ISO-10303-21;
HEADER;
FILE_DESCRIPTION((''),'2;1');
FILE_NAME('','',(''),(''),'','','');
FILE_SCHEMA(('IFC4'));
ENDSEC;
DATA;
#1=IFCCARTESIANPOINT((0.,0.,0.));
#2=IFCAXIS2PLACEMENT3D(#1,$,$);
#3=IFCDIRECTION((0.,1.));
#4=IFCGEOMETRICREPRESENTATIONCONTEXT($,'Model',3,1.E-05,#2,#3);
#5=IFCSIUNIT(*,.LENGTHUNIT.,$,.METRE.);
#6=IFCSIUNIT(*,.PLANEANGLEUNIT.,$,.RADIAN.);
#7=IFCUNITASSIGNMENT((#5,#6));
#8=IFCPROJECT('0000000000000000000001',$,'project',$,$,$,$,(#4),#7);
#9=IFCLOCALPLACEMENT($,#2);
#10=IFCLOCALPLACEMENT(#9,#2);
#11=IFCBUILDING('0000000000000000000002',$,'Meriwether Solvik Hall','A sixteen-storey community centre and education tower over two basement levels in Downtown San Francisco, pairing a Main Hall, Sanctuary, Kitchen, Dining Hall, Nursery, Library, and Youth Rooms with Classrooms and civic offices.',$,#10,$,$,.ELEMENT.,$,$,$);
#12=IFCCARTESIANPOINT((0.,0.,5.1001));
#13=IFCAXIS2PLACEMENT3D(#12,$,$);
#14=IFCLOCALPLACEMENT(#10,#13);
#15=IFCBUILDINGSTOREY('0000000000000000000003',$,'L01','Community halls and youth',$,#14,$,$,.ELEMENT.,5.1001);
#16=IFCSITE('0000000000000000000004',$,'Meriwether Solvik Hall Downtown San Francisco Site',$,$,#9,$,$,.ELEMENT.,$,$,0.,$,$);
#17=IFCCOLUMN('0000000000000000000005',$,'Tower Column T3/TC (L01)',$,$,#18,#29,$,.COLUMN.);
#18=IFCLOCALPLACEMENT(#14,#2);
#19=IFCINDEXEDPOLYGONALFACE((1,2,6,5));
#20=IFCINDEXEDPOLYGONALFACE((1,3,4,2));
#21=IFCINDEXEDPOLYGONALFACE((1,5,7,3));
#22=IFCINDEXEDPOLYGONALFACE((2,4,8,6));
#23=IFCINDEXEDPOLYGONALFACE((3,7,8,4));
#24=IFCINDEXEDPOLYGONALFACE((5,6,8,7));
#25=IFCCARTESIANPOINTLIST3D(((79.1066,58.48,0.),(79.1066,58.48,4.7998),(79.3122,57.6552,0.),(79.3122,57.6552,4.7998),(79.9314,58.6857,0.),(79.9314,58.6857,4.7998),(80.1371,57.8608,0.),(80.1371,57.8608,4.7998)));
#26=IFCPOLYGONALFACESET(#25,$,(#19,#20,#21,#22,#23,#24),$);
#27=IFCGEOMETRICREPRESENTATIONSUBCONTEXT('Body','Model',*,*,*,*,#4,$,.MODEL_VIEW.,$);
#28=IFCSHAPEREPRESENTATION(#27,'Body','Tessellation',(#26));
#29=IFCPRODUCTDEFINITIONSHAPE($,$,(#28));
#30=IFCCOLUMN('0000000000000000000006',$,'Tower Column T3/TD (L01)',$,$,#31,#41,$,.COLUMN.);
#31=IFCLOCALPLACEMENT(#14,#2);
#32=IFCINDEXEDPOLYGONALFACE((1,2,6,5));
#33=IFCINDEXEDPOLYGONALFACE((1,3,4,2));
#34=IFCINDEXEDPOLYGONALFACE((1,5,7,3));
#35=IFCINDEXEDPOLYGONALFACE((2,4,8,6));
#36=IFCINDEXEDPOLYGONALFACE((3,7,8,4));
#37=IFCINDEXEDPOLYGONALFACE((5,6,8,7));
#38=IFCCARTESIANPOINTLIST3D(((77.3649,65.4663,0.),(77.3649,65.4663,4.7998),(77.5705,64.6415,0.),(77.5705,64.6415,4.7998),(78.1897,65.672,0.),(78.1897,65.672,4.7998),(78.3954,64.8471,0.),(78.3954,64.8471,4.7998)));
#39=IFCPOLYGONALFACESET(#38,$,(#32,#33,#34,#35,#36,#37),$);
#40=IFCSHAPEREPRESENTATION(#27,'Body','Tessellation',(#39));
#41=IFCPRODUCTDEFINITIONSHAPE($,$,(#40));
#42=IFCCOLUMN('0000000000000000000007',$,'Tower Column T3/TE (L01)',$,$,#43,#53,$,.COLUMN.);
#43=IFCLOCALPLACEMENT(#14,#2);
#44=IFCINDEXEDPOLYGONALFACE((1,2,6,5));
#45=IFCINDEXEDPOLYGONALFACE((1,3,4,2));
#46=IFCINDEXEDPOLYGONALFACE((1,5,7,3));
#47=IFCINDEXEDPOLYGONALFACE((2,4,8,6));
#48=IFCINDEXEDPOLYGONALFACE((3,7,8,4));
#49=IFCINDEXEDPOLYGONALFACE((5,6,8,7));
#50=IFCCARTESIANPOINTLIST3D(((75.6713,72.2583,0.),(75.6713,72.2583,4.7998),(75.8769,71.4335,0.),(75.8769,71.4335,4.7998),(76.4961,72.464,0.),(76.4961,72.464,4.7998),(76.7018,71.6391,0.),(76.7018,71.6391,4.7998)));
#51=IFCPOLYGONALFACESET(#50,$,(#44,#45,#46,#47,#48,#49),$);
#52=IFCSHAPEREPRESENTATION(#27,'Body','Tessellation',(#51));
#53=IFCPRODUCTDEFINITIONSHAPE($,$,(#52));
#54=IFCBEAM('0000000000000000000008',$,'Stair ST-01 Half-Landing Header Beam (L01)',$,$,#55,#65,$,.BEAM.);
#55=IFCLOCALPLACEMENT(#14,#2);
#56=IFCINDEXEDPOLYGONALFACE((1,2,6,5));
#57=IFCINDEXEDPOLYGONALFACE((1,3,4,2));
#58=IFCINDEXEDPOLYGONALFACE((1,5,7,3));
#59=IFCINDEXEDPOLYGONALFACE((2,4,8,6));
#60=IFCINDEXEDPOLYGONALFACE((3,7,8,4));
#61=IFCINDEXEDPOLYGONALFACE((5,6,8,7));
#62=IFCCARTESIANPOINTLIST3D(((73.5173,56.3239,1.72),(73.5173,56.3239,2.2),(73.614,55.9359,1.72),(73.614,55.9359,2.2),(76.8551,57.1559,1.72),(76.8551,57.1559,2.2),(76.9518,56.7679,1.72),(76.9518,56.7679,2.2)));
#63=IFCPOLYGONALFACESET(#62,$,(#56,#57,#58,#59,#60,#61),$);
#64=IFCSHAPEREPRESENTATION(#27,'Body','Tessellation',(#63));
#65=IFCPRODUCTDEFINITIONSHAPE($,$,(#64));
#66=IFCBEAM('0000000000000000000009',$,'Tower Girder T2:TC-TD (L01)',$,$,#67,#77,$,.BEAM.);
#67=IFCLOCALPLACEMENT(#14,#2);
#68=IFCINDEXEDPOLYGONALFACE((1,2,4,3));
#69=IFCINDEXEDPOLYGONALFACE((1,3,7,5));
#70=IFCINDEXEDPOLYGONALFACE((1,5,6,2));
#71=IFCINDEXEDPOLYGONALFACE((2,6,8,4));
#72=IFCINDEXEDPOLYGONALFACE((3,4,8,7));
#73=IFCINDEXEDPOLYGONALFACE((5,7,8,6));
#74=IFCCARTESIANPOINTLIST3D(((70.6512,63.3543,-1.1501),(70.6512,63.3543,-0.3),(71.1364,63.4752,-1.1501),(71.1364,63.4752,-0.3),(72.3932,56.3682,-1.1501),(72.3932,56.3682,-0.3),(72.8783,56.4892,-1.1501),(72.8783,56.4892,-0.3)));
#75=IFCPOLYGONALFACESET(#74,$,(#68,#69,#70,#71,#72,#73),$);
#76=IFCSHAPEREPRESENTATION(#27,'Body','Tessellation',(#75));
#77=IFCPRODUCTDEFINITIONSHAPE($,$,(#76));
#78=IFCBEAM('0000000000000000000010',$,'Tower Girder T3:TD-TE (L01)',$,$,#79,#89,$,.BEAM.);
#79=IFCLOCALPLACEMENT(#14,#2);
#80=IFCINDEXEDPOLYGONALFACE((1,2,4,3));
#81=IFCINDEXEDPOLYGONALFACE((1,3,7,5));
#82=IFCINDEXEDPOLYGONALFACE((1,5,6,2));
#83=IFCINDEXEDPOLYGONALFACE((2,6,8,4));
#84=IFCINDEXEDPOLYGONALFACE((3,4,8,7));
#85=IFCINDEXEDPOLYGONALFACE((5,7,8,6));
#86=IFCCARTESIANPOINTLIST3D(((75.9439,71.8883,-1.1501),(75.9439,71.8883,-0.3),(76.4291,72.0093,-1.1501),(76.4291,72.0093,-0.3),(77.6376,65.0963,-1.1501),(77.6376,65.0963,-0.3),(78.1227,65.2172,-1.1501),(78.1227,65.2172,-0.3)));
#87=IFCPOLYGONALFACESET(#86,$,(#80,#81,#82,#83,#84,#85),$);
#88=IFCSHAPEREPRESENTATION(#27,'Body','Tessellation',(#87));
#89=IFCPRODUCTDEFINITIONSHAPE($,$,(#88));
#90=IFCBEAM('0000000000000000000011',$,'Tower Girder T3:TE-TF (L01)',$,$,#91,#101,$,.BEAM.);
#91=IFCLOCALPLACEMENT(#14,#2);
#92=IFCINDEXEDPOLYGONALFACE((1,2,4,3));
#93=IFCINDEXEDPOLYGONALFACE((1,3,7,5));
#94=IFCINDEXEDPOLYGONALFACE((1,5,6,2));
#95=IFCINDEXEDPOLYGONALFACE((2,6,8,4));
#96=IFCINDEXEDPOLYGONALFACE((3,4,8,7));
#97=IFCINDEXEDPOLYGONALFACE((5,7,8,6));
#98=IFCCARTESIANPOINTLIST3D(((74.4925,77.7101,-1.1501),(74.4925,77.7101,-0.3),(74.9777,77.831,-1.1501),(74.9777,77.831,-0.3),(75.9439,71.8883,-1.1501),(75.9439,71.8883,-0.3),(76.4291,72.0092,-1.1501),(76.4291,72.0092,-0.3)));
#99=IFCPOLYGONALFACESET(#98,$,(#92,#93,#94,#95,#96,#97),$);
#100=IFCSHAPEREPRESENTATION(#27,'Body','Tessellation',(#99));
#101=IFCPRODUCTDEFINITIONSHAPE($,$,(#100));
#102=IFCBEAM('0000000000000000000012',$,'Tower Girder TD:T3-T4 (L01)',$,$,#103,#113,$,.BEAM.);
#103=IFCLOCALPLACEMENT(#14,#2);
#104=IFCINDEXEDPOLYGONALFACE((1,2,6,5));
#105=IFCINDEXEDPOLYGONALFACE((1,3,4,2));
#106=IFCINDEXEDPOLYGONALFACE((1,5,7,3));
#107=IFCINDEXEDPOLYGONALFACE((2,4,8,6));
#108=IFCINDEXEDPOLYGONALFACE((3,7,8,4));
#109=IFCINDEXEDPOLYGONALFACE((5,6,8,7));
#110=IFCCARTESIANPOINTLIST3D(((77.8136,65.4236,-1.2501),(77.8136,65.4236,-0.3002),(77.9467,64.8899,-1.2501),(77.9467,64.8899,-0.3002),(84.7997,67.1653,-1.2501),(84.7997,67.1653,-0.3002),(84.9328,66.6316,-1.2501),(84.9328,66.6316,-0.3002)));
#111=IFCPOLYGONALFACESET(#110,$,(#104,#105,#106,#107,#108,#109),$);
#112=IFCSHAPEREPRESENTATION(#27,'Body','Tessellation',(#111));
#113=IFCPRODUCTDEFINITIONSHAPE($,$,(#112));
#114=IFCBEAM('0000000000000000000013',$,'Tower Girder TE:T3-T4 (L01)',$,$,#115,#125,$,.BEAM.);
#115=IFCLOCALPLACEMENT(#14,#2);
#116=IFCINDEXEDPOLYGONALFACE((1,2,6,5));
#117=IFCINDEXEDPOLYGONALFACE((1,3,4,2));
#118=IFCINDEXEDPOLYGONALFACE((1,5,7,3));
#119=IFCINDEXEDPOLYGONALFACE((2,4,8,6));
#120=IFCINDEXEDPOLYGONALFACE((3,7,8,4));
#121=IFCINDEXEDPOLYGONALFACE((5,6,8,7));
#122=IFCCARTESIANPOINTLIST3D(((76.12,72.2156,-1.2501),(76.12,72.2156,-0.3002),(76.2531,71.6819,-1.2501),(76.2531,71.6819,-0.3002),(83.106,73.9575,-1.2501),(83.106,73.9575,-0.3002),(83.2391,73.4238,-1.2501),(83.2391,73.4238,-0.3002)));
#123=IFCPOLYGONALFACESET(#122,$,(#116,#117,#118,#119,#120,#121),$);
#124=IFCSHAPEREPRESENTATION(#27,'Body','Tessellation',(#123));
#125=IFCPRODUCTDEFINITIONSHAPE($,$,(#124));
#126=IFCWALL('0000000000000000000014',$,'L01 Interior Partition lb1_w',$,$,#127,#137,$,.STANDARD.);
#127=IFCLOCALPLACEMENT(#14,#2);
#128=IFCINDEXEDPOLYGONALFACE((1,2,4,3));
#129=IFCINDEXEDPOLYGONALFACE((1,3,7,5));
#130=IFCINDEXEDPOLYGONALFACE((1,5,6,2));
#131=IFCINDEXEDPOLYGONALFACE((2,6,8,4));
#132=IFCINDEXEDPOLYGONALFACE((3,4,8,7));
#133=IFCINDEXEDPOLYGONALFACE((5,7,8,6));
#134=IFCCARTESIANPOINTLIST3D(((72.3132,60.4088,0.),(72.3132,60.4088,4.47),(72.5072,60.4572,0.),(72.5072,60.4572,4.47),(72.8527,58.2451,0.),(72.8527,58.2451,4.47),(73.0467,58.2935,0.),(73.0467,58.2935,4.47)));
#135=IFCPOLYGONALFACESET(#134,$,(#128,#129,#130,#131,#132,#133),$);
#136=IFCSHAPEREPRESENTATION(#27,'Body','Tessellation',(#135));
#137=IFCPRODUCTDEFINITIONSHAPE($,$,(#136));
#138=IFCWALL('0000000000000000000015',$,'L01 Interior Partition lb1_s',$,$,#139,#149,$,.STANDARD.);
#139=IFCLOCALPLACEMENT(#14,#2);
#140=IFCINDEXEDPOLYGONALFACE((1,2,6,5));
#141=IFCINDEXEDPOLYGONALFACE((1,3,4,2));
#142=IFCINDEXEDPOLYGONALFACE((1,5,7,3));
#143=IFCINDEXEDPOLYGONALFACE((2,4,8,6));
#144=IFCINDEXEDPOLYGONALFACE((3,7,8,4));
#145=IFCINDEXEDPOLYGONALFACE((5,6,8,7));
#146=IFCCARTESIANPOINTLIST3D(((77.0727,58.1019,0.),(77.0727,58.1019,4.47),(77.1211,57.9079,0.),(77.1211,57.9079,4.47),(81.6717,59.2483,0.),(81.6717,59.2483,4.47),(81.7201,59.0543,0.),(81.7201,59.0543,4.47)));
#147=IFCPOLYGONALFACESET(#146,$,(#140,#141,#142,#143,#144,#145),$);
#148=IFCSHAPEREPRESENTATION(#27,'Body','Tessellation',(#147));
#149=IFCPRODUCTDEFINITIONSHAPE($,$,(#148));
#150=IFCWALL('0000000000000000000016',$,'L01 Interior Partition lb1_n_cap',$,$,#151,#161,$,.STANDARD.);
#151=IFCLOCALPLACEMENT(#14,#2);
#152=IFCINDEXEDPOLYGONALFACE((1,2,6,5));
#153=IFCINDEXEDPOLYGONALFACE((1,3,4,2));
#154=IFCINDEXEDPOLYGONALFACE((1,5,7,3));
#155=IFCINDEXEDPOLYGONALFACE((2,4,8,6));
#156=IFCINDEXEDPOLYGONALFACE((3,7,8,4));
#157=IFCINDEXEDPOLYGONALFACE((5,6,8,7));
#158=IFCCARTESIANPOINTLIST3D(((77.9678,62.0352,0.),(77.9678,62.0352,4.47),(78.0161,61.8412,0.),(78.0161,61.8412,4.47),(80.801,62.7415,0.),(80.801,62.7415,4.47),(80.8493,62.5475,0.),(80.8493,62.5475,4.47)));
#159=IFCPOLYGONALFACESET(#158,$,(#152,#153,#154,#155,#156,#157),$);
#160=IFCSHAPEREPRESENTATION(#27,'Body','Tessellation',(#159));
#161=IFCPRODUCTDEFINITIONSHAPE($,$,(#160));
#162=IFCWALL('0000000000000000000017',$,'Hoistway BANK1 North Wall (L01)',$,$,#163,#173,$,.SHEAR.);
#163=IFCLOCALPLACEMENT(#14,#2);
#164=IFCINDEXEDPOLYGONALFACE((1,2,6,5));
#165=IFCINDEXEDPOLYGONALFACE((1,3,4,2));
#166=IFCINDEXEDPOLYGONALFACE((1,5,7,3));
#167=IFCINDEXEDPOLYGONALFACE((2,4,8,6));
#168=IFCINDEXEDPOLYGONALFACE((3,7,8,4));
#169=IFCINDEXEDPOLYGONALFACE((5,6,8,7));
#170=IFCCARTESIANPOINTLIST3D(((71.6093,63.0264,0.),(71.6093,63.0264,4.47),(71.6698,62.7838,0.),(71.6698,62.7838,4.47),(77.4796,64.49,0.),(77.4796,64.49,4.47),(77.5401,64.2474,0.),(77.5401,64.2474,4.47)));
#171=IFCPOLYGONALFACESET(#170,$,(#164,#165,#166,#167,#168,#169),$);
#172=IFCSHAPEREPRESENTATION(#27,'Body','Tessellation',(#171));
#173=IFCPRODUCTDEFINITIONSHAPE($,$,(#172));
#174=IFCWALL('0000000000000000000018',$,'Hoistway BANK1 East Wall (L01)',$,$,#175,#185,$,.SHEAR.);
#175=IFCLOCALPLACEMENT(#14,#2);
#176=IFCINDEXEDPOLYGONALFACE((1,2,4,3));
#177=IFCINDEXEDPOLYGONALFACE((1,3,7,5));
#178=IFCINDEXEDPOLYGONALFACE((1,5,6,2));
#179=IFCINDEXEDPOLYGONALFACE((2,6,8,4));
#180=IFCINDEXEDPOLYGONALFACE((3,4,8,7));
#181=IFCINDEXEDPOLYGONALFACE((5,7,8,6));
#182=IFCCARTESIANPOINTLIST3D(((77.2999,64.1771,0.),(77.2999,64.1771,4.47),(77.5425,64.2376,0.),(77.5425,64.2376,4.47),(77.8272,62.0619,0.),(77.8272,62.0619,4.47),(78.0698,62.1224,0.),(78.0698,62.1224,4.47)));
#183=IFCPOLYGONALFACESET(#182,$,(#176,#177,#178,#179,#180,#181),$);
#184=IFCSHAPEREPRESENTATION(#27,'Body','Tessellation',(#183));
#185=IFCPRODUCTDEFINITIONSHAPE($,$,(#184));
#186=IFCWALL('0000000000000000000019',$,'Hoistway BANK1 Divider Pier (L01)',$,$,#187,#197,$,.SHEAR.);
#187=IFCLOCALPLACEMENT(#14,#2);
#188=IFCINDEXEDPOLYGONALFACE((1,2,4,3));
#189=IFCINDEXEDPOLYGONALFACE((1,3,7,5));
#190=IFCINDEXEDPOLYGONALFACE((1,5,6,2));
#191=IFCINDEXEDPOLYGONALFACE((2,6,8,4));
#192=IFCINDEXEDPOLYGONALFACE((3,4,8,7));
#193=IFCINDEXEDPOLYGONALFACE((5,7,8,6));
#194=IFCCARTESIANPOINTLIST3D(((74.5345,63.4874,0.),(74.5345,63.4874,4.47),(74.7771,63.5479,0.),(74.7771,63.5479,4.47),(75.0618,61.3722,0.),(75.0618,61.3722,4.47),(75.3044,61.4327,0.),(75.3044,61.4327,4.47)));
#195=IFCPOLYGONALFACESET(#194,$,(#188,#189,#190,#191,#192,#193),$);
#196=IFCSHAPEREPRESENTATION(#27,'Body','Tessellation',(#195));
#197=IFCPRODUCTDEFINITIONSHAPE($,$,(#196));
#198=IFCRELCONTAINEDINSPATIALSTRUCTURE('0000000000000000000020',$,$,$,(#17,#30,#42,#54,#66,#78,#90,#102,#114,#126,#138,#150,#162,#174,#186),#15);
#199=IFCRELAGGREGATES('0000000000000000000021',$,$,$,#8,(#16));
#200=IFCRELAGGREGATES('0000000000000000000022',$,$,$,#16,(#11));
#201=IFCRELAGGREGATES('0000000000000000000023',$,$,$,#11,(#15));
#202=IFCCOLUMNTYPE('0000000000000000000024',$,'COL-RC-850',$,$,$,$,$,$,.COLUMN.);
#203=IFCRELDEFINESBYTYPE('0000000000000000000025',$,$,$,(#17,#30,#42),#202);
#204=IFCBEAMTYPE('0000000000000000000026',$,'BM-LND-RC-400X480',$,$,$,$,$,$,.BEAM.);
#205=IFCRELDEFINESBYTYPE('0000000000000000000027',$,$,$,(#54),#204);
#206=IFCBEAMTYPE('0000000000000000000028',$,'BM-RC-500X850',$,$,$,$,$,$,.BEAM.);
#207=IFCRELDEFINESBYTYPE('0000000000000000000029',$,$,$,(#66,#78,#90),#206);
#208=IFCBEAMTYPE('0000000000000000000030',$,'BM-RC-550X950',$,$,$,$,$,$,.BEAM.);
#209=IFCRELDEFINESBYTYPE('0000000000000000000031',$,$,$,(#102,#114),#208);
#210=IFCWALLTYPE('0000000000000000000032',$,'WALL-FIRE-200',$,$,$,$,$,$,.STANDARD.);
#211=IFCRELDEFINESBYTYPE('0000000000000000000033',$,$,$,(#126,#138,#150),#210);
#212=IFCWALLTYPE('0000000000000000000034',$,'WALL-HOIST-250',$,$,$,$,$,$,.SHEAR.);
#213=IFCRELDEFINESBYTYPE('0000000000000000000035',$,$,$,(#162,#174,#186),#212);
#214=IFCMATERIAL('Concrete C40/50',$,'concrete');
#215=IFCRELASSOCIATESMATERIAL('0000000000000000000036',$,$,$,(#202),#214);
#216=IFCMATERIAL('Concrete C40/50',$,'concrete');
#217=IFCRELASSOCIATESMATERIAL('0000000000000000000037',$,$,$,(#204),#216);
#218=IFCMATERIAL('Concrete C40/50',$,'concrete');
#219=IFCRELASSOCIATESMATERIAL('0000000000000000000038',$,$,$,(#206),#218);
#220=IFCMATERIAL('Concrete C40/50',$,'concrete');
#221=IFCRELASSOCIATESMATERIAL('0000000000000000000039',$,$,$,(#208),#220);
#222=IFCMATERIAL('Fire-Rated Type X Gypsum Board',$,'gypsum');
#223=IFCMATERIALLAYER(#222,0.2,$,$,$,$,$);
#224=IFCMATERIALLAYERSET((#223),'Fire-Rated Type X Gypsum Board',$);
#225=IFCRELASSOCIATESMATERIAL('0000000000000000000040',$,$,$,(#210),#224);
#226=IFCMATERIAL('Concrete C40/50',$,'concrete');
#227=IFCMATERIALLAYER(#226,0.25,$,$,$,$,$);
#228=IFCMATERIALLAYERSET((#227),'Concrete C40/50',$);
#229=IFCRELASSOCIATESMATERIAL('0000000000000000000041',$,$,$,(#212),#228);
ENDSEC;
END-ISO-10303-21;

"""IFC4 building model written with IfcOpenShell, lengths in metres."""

from ifc_helpers import new_model, si_unit, direction, frame, frame_2d, origin, origin_2d, place, context, subcontext, project, spatial, rectangle, extrude, material, layer, layer_set, material_profile, profile_set, type_object, element, save


model = new_model("IFC4")

# Units and contexts
model_context = context("Model", 3, precision=1e-05, world=origin(), true_north=direction((0.0, 1.0)))
body_context = subcontext(model_context, "Body", "Model", "MODEL_VIEW")
ifc_project = project(units=[si_unit("LENGTHUNIT", "METRE"), si_unit("PLANEANGLEUNIT", "RADIAN")], contexts=[model_context])

# Site, building, storey
site_placement = place(None, origin())
site = spatial("IfcSite", under=ifc_project, at=site_placement, Name="Meriwether Solvik Hall Downtown San Francisco Site", CompositionType="ELEMENT", RefElevation=0.0)
building_placement = place(site_placement, origin())
building = spatial("IfcBuilding", under=site, at=building_placement, Name="Meriwether Solvik Hall", Description="A sixteen-storey community centre and education tower over two basement levels in Downtown San Francisco, pairing a Main Hall, Sanctuary, Kitchen, Dining Hall, Nursery, Library, and Youth Rooms with Classrooms and civic offices.", CompositionType="ELEMENT")
storey_placement = place(building_placement, frame((0.0, 0.0, 5.1001)))
storey = spatial("IfcBuildingStorey", under=building, at=storey_placement, Name="L01", Description="Community halls and youth", CompositionType="ELEMENT", Elevation=5.1001)

# Columns
ifc_material_1 = material(Name="Concrete C40/50", Category="concrete")
ifc_material_profile_1 = material_profile(ifc_material_1, rectangle(XDim=0.8501, YDim=0.8501, at=origin_2d()), Name="RCC-850X850")
ifc_profile_set_1 = profile_set([ifc_material_profile_1], Name="Concrete C40/50")
column_type = type_object("IfcColumnType", Name="COL-RC-850", PredefinedType="COLUMN", material=ifc_profile_set_1)
for number, where, z_axis, x_axis, name in (
    (1, (79.6218, 58.1704, 0.0), (0.0, 0.0, 1.0), (0.970296, 0.241922, 0.0), "Tower Column T3/TC (L01)"),
    (2, (77.8801, 65.1567, 0.0), (0.0, 0.0, 1.0), (0.970296, 0.241922, 0.0), "Tower Column T3/TD (L01)"),
    (3, (76.1865, 71.9487, 0.0), (0.0, 0.0, 1.0), (0.970296, 0.241922, 0.0), "Tower Column T3/TE (L01)"),
):
    element("IfcColumn", number, at=place(storey_placement, frame(where, z_axis=z_axis, x_axis=x_axis)), inside=storey, type_object=column_type, Name=name, PredefinedType="COLUMN", context=body_context, shape_type="SweptSolid", body=[
        extrude(rectangle(XDim=0.8501, YDim=0.8501, at=origin_2d()), origin(), (0.0, 0.0, 1.0), 4.7998),
    ])

# Beams
ifc_material_2 = material(Name="Concrete C40/50", Category="concrete")
ifc_material_profile_2 = material_profile(ifc_material_2, rectangle(XDim=0.3999, YDim=0.48, at=origin_2d()), Name="RCB-400X480")
ifc_profile_set_2 = profile_set([ifc_material_profile_2], Name="Concrete C40/50")
beam_type_1 = type_object("IfcBeamType", Name="BM-LND-RC-400X480", PredefinedType="BEAM", material=ifc_profile_set_2)
beam_1_placement = place(storey_placement, frame((73.5657, 56.1299, 1.96), z_axis=(0.970309, 0.241868, 0.0), x_axis=(-0.241868, 0.970309, 0.0)))
element("IfcBeam", 4, at=beam_1_placement, inside=storey, type_object=beam_type_1, Name="Stair ST-01 Half-Landing Header Beam (L01)", PredefinedType="BEAM", context=body_context, shape_type="SweptSolid", body=[
    extrude(rectangle(XDim=0.3999, YDim=0.48, at=origin_2d()), origin(), (0.0, 0.0, 1.0), 3.4399),
])
ifc_material_3 = material(Name="Concrete C40/50", Category="concrete")
ifc_material_profile_3 = material_profile(ifc_material_3, rectangle(XDim=0.5, YDim=0.8501, at=origin_2d()), Name="RCB-500X850")
ifc_profile_set_3 = profile_set([ifc_material_profile_3], Name="Concrete C40/50")
beam_type_2 = type_object("IfcBeamType", Name="BM-RC-500X850", PredefinedType="BEAM", material=ifc_profile_set_3)
beam_2_placement = place(storey_placement, frame((72.6357, 56.4287, -0.7251), z_axis=(-0.241937, 0.970292, 0.0), x_axis=(-0.970292, -0.241937, 0.0)))
element("IfcBeam", 5, at=beam_2_placement, inside=storey, type_object=beam_type_2, Name="Tower Girder T2:TC-TD (L01)", PredefinedType="BEAM", context=body_context, shape_type="SweptSolid", body=[
    extrude(rectangle(XDim=0.5, YDim=0.8501, at=origin_2d()), origin(), (0.0, 0.0, 1.0), 7.2),
])
beam_3_placement = place(storey_placement, frame((77.8801, 65.1567, -0.7251), z_axis=(-0.241945, 0.97029, 0.0), x_axis=(-0.97029, -0.241945, 0.0)))
element("IfcBeam", 6, at=beam_3_placement, inside=storey, type_object=beam_type_2, Name="Tower Girder T3:TD-TE (L01)", PredefinedType="BEAM", context=body_context, shape_type="SweptSolid", body=[
    extrude(rectangle(XDim=0.5, YDim=0.8501, at=origin_2d()), origin(), (0.0, 0.0, 1.0), 7.0),
])
beam_4_placement = place(storey_placement, frame((76.1865, 71.9487, -0.7251), z_axis=(-0.241904, 0.9703, 0.0), x_axis=(-0.9703, -0.241904, 0.0)))
element("IfcBeam", 7, at=beam_4_placement, inside=storey, type_object=beam_type_2, Name="Tower Girder T3:TE-TF (L01)", PredefinedType="BEAM", context=body_context, shape_type="SweptSolid", body=[
    extrude(rectangle(XDim=0.5, YDim=0.8501, at=origin_2d()), origin(), (0.0, 0.0, 1.0), 6.0),
])
ifc_material_4 = material(Name="Concrete C40/50", Category="concrete")
ifc_material_profile_4 = material_profile(ifc_material_4, rectangle(XDim=0.55, YDim=0.95, at=origin_2d()), Name="RCB-550X950")
ifc_profile_set_4 = profile_set([ifc_material_profile_4], Name="Concrete C40/50")
beam_type_3 = type_object("IfcBeamType", Name="BM-RC-550X950", PredefinedType="BEAM", material=ifc_profile_set_4)
for number, where, z_axis, x_axis, name in (
    (8, (77.8801, 65.1567, -0.7751), (0.9703, 0.241905, 0.0), (-0.241905, 0.9703, 0.0), "Tower Girder TD:T3-T4 (L01)"),
    (9, (76.1865, 71.9487, -0.7751), (0.970292, 0.241937, 0.0), (-0.241937, 0.970292, 0.0), "Tower Girder TE:T3-T4 (L01)"),
):
    element("IfcBeam", number, at=place(storey_placement, frame(where, z_axis=z_axis, x_axis=x_axis)), inside=storey, type_object=beam_type_3, Name=name, PredefinedType="BEAM", context=body_context, shape_type="SweptSolid", body=[
        extrude(rectangle(XDim=0.55, YDim=0.95, at=origin_2d()), origin(), (0.0, 0.0, 1.0), 7.2),
    ])

# Walls
ifc_material_5 = material(Name="Fire-Rated Type X Gypsum Board", Category="gypsum")
ifc_layer_1 = layer(ifc_material_5, 0.2)
ifc_layer_set_1 = layer_set([ifc_layer_1], Name="Fire-Rated Type X Gypsum Board")
wall_type_1 = type_object("IfcWallType", Name="WALL-FIRE-200", PredefinedType="STANDARD", material=ifc_layer_set_1)
wall_1_placement = place(storey_placement, frame((72.9497, 58.2693, 0.0), z_axis=(0.0, 0.0, 1.0), x_axis=(-0.241943, 0.97029, 0.0)))
element("IfcWall", 10, at=wall_1_placement, inside=storey, type_object=wall_type_1, Name="L01 Interior Partition lb1_w", PredefinedType="STANDARD", context=body_context, shape_type="SweptSolid", body=[
    extrude(rectangle(XDim=2.23, YDim=0.2, at=frame_2d((1.115, 0.0))), origin(), (0.0, 0.0, 1.0), 4.47),
])
wall_2_placement = place(storey_placement, frame((77.0969, 58.0049, 0.0), z_axis=(0.0, 0.0, 1.0), x_axis=(0.970306, 0.241881, 0.0)))
element("IfcWall", 11, at=wall_2_placement, inside=storey, type_object=wall_type_1, Name="L01 Interior Partition lb1_s", PredefinedType="STANDARD", context=body_context, shape_type="SweptSolid", body=[
    extrude(rectangle(XDim=4.7397, YDim=0.2, at=frame_2d((2.3699, 0.0))), origin(), (0.0, 0.0, 1.0), 4.47),
])
wall_3_placement = place(storey_placement, frame((77.9919, 61.9382, 0.0), z_axis=(0.0, 0.0, 1.0), x_axis=(0.970305, 0.241886, 0.0)))
element("IfcWall", 12, at=wall_3_placement, inside=storey, type_object=wall_type_1, Name="L01 Interior Partition lb1_n_cap", PredefinedType="STANDARD", context=body_context, shape_type="SweptSolid", body=[
    extrude(rectangle(XDim=2.9199, YDim=0.2, at=frame_2d((1.46, 0.0))), origin(), (0.0, 0.0, 1.0), 4.47),
])
ifc_material_6 = material(Name="Concrete C40/50", Category="concrete")
ifc_layer_2 = layer(ifc_material_6, 0.25)
ifc_layer_set_2 = layer_set([ifc_layer_2], Name="Concrete C40/50")
wall_type_2 = type_object("IfcWallType", Name="WALL-HOIST-250", PredefinedType="SHEAR", material=ifc_layer_set_2)
wall_4_placement = place(storey_placement, frame((77.5098, 64.3687, 0.0), z_axis=(0.0, 0.0, 1.0), x_axis=(-0.970297, -0.241918, 0.0)))
element("IfcWall", 13, at=wall_4_placement, inside=storey, type_object=wall_type_2, Name="Hoistway BANK1 North Wall (L01)", PredefinedType="SHEAR", context=body_context, shape_type="SweptSolid", body=[
    extrude(rectangle(XDim=6.05, YDim=0.25, at=frame_2d((3.0249, 0.0))), origin(), (0.0, 0.0, 1.0), 4.47),
])
for number, where, z_axis, x_axis, name in (
    (14, (77.9485, 62.0923, 0.0), (0.0, 0.0, 1.0), (-0.241903, 0.9703, 0.0), "Hoistway BANK1 East Wall (L01)"),
    (15, (75.1831, 61.4026, 0.0), (0.0, 0.0, 1.0), (-0.241903, 0.9703, 0.0), "Hoistway BANK1 Divider Pier (L01)"),
):
    element("IfcWall", number, at=place(storey_placement, frame(where, z_axis=z_axis, x_axis=x_axis)), inside=storey, type_object=wall_type_2, Name=name, PredefinedType="SHEAR", context=body_context, shape_type="SweptSolid", body=[
        extrude(rectangle(XDim=2.1799, YDim=0.25, at=frame_2d((1.0898, 0.0))), origin(), (0.0, 0.0, 1.0), 4.47),
    ])

save(model, "model.ifc")
